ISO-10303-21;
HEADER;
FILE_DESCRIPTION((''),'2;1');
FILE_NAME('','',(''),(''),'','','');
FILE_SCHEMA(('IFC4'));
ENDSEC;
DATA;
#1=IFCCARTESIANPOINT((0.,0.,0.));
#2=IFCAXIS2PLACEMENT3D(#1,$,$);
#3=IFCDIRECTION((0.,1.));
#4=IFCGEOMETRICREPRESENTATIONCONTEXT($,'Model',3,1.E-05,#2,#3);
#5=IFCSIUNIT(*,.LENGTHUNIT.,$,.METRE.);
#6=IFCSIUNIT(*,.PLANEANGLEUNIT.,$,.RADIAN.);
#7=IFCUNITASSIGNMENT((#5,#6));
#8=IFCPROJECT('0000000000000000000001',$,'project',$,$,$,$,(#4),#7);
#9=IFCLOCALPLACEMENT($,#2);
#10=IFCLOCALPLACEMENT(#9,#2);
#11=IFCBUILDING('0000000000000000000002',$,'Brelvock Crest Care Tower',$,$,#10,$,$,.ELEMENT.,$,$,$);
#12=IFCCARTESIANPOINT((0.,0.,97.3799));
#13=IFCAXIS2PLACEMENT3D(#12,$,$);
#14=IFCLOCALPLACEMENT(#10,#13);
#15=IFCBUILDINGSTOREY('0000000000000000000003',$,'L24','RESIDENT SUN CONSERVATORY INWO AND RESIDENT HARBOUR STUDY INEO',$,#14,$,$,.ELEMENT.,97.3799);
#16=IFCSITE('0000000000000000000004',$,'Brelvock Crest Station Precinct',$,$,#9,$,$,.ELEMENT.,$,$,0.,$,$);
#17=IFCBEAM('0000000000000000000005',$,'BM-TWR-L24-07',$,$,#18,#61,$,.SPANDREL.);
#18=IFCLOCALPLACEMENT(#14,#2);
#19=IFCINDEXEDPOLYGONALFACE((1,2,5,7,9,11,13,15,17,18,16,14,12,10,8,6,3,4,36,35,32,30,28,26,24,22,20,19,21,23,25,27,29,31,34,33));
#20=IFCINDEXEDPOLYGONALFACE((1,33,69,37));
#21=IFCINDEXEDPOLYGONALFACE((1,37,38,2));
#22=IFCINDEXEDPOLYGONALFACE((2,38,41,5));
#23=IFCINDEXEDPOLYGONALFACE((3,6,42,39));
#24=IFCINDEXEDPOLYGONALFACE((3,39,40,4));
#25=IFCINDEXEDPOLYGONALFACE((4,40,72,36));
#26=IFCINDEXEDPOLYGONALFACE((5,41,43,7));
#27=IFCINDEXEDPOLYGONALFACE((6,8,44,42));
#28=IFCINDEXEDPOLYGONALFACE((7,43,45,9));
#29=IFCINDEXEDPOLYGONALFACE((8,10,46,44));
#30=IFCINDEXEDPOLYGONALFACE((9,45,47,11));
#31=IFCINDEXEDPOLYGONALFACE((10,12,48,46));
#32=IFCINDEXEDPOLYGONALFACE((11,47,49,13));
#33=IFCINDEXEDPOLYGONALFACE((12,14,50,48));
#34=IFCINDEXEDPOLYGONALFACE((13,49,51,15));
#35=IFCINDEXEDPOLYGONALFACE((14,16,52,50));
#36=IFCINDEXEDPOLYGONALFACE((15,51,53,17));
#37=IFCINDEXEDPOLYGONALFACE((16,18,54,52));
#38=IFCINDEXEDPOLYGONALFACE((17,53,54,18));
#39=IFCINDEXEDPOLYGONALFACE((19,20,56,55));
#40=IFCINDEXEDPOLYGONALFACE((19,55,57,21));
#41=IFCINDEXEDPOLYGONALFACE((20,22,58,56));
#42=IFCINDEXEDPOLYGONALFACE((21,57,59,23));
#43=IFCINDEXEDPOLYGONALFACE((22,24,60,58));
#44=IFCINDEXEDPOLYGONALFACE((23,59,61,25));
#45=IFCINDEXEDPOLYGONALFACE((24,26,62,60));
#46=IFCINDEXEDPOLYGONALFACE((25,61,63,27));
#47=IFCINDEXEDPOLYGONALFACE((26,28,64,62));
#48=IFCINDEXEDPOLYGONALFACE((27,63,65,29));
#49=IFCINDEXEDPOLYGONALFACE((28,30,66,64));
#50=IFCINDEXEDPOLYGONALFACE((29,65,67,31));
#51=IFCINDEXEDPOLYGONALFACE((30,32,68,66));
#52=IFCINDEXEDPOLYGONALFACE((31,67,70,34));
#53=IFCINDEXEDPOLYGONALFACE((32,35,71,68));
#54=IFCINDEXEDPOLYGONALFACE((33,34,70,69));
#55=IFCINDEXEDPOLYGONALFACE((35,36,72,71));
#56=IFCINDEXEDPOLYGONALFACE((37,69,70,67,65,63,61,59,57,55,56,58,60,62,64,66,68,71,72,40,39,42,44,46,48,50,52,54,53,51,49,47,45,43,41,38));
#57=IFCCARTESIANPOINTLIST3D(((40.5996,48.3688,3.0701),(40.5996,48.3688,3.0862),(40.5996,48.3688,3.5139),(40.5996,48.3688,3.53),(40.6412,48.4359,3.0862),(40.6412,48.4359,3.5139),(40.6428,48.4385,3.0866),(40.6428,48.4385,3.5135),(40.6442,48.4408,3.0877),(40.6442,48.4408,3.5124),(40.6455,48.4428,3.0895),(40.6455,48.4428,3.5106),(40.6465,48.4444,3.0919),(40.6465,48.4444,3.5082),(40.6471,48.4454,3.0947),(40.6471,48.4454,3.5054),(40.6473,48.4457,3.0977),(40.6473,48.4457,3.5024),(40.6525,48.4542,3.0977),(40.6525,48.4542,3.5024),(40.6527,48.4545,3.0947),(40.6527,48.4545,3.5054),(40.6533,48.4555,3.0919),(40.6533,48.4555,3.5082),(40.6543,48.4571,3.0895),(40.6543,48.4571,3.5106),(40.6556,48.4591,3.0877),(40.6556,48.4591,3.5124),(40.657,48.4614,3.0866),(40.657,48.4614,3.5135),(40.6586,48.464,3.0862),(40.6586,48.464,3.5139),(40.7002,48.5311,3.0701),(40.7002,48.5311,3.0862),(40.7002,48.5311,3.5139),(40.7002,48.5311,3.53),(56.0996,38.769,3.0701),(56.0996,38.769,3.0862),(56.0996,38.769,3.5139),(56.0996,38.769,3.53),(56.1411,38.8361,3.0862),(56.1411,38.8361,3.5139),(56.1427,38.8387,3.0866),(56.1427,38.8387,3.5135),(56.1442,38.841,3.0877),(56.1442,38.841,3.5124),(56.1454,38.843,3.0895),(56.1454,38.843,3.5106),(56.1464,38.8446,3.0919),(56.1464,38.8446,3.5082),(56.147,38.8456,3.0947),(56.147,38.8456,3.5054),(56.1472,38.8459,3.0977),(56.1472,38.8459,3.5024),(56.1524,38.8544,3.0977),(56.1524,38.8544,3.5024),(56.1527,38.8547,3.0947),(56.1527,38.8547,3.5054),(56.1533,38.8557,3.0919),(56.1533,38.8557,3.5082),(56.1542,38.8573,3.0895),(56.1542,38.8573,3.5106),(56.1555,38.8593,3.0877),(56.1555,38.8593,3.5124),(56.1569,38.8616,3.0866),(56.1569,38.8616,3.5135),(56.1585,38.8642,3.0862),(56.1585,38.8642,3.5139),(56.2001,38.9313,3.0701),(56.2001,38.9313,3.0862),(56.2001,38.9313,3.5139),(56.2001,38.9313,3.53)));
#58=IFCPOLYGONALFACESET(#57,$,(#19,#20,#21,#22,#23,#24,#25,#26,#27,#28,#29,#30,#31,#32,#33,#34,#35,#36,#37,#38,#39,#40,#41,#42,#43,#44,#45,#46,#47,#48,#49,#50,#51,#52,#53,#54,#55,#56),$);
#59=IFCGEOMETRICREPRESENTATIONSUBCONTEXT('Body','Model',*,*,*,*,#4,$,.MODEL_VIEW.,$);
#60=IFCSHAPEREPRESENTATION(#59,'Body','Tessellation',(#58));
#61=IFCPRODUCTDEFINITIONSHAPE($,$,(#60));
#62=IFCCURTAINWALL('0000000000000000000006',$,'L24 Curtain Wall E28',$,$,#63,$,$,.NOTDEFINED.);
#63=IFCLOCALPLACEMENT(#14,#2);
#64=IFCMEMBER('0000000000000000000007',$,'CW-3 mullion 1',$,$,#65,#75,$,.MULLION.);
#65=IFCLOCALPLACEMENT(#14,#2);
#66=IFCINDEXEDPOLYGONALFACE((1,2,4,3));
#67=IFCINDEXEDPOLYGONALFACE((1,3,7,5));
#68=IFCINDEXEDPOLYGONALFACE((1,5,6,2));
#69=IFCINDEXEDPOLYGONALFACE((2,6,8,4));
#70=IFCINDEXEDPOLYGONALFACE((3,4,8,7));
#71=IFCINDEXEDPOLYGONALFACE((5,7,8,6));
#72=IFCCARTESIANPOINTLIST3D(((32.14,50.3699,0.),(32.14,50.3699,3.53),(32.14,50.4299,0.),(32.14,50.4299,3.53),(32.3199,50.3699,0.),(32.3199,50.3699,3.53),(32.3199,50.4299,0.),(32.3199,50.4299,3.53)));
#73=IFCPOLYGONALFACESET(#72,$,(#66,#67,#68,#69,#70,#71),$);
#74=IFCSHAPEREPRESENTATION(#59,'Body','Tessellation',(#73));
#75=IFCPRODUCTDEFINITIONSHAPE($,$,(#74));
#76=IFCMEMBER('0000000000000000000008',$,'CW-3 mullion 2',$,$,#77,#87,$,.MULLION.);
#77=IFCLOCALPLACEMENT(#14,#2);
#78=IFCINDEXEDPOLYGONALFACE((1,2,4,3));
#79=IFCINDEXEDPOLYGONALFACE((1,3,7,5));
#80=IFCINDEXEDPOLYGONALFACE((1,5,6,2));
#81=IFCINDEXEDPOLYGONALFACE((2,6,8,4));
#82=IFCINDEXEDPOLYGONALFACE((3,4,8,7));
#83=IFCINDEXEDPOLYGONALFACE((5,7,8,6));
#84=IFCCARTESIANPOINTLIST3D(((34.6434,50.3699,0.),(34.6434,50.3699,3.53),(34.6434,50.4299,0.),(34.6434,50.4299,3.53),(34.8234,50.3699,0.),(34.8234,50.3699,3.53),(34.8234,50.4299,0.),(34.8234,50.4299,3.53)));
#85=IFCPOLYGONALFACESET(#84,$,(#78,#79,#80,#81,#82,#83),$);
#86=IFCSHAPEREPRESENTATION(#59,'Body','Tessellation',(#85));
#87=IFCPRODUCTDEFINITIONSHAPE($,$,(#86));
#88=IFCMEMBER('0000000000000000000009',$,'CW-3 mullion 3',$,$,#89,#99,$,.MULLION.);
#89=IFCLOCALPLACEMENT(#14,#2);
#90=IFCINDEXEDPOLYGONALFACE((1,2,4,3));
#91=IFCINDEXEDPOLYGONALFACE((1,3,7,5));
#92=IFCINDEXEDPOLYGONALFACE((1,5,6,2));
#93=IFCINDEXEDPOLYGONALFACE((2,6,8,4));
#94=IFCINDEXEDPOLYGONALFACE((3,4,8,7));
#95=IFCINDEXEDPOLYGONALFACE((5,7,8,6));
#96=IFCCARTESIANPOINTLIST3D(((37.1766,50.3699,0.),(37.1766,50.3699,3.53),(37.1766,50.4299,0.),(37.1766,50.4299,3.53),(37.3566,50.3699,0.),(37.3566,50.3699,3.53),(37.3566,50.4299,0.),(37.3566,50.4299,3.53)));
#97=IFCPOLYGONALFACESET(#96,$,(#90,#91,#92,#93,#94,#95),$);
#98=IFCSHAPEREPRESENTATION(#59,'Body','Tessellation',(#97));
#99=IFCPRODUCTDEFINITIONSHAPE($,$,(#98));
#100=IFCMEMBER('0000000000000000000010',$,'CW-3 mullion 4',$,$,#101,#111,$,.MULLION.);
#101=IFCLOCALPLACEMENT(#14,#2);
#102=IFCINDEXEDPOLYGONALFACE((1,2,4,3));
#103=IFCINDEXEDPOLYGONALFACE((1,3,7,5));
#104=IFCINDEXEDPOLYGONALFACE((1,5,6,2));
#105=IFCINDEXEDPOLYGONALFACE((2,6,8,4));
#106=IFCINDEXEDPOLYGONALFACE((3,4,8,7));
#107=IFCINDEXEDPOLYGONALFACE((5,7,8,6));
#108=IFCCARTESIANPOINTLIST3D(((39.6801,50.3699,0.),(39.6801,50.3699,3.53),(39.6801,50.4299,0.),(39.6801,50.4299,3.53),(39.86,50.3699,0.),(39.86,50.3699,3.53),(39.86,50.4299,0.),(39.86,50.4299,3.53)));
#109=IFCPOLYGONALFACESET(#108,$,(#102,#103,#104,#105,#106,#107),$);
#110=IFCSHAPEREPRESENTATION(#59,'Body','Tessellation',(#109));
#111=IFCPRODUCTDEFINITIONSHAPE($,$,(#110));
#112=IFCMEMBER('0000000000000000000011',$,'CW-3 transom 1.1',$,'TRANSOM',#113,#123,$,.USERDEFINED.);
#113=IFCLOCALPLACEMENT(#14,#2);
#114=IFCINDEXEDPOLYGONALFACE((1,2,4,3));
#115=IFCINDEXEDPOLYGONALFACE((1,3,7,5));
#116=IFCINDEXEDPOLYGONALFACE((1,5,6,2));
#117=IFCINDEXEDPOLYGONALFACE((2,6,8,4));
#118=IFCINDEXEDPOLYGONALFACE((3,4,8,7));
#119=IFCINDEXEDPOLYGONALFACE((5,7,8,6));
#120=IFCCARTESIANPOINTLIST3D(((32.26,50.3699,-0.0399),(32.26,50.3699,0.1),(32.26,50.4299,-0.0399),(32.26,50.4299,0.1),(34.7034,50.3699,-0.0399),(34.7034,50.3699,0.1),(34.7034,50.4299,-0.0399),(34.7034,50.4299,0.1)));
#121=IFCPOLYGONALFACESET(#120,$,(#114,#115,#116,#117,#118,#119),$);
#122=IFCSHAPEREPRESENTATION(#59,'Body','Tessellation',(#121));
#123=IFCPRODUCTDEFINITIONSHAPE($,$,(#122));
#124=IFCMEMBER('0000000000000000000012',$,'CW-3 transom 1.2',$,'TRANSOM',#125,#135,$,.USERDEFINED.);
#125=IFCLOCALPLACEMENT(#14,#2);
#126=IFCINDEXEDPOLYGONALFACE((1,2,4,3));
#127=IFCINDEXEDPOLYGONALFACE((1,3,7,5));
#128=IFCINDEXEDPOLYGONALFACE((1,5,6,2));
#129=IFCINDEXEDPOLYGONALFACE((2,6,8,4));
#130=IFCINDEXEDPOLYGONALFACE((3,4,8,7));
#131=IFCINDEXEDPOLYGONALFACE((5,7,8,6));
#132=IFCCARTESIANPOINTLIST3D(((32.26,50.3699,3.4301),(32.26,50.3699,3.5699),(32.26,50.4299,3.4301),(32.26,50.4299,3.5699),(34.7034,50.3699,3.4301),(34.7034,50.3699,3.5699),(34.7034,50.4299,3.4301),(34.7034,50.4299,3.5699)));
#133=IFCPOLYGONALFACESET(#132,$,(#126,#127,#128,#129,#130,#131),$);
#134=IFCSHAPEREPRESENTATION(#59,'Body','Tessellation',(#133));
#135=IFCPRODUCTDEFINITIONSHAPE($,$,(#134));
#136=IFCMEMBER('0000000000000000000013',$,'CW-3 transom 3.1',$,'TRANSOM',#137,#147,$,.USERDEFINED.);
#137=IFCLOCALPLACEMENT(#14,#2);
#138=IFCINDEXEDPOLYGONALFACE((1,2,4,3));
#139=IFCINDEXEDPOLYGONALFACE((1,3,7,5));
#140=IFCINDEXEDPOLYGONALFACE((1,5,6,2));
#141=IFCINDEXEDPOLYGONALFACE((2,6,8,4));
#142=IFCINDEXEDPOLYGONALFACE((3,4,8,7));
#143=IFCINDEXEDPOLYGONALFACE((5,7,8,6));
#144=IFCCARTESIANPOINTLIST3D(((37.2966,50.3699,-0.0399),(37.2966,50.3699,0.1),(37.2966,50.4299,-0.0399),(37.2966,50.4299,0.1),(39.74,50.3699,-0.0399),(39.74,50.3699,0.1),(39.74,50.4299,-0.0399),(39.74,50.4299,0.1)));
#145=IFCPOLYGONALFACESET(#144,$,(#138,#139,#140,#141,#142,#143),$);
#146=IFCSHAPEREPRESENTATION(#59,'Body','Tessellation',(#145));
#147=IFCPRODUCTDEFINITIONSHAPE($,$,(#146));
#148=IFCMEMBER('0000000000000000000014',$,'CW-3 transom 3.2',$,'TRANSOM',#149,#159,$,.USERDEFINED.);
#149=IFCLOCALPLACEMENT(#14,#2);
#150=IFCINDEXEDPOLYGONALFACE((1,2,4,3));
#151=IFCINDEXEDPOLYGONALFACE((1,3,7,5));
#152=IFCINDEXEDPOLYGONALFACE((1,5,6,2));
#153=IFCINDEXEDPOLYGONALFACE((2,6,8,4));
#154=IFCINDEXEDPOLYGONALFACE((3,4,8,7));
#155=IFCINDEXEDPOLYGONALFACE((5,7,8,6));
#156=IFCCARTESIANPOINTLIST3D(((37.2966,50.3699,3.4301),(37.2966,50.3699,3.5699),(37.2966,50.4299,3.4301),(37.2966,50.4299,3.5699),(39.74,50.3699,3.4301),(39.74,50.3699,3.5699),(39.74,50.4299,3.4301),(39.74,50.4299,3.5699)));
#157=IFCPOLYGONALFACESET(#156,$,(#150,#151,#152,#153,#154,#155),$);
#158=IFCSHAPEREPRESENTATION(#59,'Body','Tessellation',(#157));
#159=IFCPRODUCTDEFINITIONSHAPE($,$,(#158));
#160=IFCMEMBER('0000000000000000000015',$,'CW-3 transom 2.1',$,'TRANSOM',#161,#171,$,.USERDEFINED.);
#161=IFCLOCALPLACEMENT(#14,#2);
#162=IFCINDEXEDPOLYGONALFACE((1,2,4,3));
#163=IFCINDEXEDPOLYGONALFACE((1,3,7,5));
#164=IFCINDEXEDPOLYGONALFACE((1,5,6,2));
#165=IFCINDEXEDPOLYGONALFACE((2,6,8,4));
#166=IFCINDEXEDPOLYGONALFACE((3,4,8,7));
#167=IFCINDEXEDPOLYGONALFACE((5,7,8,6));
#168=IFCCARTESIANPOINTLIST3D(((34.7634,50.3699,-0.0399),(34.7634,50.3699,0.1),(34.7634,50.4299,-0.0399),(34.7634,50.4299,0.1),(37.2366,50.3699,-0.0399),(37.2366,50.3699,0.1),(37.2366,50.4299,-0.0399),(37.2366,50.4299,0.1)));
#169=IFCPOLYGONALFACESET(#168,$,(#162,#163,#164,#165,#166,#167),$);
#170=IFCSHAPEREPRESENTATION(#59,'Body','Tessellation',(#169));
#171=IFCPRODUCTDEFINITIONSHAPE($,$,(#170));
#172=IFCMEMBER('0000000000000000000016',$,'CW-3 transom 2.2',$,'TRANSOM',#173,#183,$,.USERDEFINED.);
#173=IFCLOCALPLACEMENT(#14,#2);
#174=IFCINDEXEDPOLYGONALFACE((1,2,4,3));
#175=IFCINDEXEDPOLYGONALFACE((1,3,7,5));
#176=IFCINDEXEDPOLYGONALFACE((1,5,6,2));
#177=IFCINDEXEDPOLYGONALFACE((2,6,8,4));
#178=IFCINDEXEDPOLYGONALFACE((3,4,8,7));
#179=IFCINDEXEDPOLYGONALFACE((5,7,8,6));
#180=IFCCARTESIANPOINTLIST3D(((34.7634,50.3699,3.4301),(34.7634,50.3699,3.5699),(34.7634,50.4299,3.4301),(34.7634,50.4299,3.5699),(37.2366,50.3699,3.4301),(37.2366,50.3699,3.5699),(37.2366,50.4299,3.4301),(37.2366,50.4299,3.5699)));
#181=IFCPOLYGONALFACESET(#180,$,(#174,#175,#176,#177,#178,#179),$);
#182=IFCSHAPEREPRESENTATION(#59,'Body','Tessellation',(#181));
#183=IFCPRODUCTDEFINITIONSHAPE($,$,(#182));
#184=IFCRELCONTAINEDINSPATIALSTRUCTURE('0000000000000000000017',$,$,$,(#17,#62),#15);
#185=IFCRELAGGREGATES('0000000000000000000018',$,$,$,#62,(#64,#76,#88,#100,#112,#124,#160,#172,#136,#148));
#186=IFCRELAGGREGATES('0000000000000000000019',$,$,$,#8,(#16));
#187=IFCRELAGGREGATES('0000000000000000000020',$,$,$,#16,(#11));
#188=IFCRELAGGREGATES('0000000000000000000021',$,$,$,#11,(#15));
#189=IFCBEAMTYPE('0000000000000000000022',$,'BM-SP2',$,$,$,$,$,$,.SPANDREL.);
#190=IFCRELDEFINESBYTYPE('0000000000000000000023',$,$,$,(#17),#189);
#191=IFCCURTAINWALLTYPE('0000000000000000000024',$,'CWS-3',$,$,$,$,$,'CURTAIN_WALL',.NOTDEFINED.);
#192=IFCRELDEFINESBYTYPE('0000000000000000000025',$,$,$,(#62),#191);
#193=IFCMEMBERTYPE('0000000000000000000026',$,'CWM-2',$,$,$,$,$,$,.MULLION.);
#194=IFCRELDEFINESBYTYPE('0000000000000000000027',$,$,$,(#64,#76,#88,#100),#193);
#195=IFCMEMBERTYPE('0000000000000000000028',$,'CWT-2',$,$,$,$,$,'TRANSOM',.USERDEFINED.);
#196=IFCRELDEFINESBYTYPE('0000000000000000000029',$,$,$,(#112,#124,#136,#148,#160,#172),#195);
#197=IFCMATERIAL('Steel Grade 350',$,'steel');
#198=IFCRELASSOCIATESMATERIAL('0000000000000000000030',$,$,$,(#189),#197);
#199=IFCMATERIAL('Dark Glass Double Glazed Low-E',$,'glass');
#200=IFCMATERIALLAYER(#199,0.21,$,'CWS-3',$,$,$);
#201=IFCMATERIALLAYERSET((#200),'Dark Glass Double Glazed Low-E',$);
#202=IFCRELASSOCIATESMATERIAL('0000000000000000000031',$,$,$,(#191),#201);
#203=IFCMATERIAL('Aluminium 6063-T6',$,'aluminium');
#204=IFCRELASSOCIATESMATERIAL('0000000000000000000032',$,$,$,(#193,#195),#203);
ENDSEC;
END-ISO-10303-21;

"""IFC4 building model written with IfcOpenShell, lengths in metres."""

from ifc_helpers import new_model, si_unit, direction, frame, origin, origin_2d, place, context, subcontext, project, spatial, rectangle, i_section, extrude, source, transform, mapped, material, layer, layer_set, material_profile, profile_set, type_object, element, aggregate, save


model = new_model("IFC4")

# Units and contexts
model_context = context("Model", 3, precision=1e-05, world=origin(), true_north=direction((0.0, 1.0)))
body_context = subcontext(model_context, "Body", "Model", "MODEL_VIEW")
ifc_project = project(units=[si_unit("LENGTHUNIT", "METRE"), si_unit("PLANEANGLEUNIT", "RADIAN")], contexts=[model_context])

# Site, building, storey
site_placement = place(None, origin())
site = spatial("IfcSite", under=ifc_project, at=site_placement, Name="Brelvock Crest Station Precinct", CompositionType="ELEMENT", RefElevation=0.0)
building_placement = place(site_placement, origin())
building = spatial("IfcBuilding", under=site, at=building_placement, Name="Brelvock Crest Care Tower", CompositionType="ELEMENT")
storey_placement = place(building_placement, frame((0.0, 0.0, 97.3799)))
storey = spatial("IfcBuildingStorey", under=building, at=storey_placement, Name="L24", Description="RESIDENT SUN CONSERVATORY INWO AND RESIDENT HARBOUR STUDY INEO", CompositionType="ELEMENT", Elevation=97.3799)

# Shared definitions
ifc_material_1 = material(Name="Steel Grade 350", Category="steel")

# Beam
ifc_material_profile_1 = material_profile(ifc_material_1, i_section(OverallWidth=0.1909, OverallDepth=0.46, WebThickness=0.01, FlangeThickness=0.0161, FilletRadius=0.0115, at=origin_2d()), Name="460UB82.1")
ifc_profile_set_1 = profile_set([ifc_material_profile_1], Name="Steel Grade 350")
beam_type_1 = type_object("IfcBeamType", Name="BM-SP2", PredefinedType="SPANDREL", material=ifc_profile_set_1)
shared_shape_1 = source(origin(), body_context, "Body", "SweptSolid", [
    extrude(i_section(OverallWidth=0.1909, OverallDepth=0.46, WebThickness=0.01, FlangeThickness=0.0161, FilletRadius=0.0115, at=origin_2d()), origin(), (0.0, 0.0, 1.0), 18.2319),
])
beam_placement = place(storey_placement, frame((40.6499, 48.45, 3.3), z_axis=(0.850152, -0.526538, 0.0), x_axis=(0.526538, 0.850152, 0.0)))
element("IfcBeam", 1, at=beam_placement, inside=storey, type_object=beam_type_1, Name="BM-TWR-L24-07", PredefinedType="SPANDREL", context=body_context, shape_type="MappedRepresentation", body=[
    mapped(shared_shape_1, transform((0.0, 0.0, 0.0), x_axis=(1.0, 0.0, 0.0), y_axis=(0.0, 1.0, 0.0), z_axis=(0.0, 0.0, 1.0), scale=1.0)),
])

# Curtain wall, members
ifc_material_2 = material(Name="Dark Glass Double Glazed Low-E", Category="glass")
ifc_layer_1 = layer(ifc_material_2, 0.21, Name="CWS-3")
ifc_layer_set_1 = layer_set([ifc_layer_1], Name="Dark Glass Double Glazed Low-E")
curtain_wall_type = type_object("IfcCurtainWallType", Name="CWS-3", ElementType="CURTAIN_WALL", PredefinedType="NOTDEFINED", material=ifc_layer_set_1)
curtain_wall_placement = place(storey_placement, origin())
curtain_wall = element("IfcCurtainWall", 2, at=curtain_wall_placement, inside=storey, type_object=curtain_wall_type, Name="L24 Curtain Wall E28", PredefinedType="NOTDEFINED")
ifc_material_3 = material(Name="Aluminium 6063-T6", Category="aluminium")
ifc_material_profile_2 = material_profile(ifc_material_3, rectangle(XDim=0.0601, YDim=0.1799, at=origin_2d()), Name="ALU60x180")
ifc_profile_set_2 = profile_set([ifc_material_profile_2], Name="Aluminium 6063-T6")
member_type_1 = type_object("IfcMemberType", Name="CWM-2", PredefinedType="MULLION", material=ifc_profile_set_2)
shared_shape_2 = source(origin(), body_context, "Body", "SweptSolid", [
    extrude(rectangle(XDim=0.0601, YDim=0.1799, at=origin_2d()), origin(), (0.0, 0.0, 1.0), 3.53),
])
member_1_placement = place(storey_placement, frame((32.23, 50.3999, 0.0), z_axis=(0.0, 0.0, 1.0), x_axis=(0.0, 1.0, 0.0)))
member_1 = element("IfcMember", 3, at=member_1_placement, type_object=member_type_1, Name="CW-3 mullion 1", PredefinedType="MULLION", context=body_context, shape_type="MappedRepresentation", body=[
    mapped(shared_shape_2, transform((0.0, 0.0, 0.0), x_axis=(1.0, 0.0, 0.0), y_axis=(0.0, 1.0, 0.0), z_axis=(0.0, 0.0, 1.0), scale=1.0)),
])
member_2_placement = place(storey_placement, frame((34.7334, 50.3999, 0.0), z_axis=(0.0, 0.0, 1.0), x_axis=(0.0, 1.0, 0.0)))
member_2 = element("IfcMember", 4, at=member_2_placement, type_object=member_type_1, Name="CW-3 mullion 2", PredefinedType="MULLION", context=body_context, shape_type="MappedRepresentation", body=[
    mapped(shared_shape_2, transform((0.0, 0.0, 0.0), x_axis=(1.0, 0.0, 0.0), y_axis=(0.0, 1.0, 0.0), z_axis=(0.0, 0.0, 1.0), scale=1.0)),
])
member_3_placement = place(storey_placement, frame((37.2666, 50.3999, 0.0), z_axis=(0.0, 0.0, 1.0), x_axis=(0.0, 1.0, 0.0)))
member_3 = element("IfcMember", 5, at=member_3_placement, type_object=member_type_1, Name="CW-3 mullion 3", PredefinedType="MULLION", context=body_context, shape_type="MappedRepresentation", body=[
    mapped(shared_shape_2, transform((0.0, 0.0, 0.0), x_axis=(1.0, 0.0, 0.0), y_axis=(0.0, 1.0, 0.0), z_axis=(0.0, 0.0, 1.0), scale=1.0)),
])
member_4_placement = place(storey_placement, frame((39.77, 50.3999, 0.0), z_axis=(0.0, 0.0, 1.0), x_axis=(0.0, 1.0, 0.0)))
member_4 = element("IfcMember", 6, at=member_4_placement, type_object=member_type_1, Name="CW-3 mullion 4", PredefinedType="MULLION", context=body_context, shape_type="MappedRepresentation", body=[
    mapped(shared_shape_2, transform((0.0, 0.0, 0.0), x_axis=(1.0, 0.0, 0.0), y_axis=(0.0, 1.0, 0.0), z_axis=(0.0, 0.0, 1.0), scale=1.0)),
])
ifc_material_profile_3 = material_profile(ifc_material_3, rectangle(XDim=0.0601, YDim=0.1399, at=origin_2d()), Name="ALU60x140")
ifc_profile_set_3 = profile_set([ifc_material_profile_3], Name="Aluminium 6063-T6")
member_type_2 = type_object("IfcMemberType", Name="CWT-2", ElementType="TRANSOM", PredefinedType="USERDEFINED", material=ifc_profile_set_3)
shared_shape_3 = source(origin(), body_context, "Body", "SweptSolid", [
    extrude(rectangle(XDim=0.0601, YDim=0.1399, at=origin_2d()), origin(), (0.0, 0.0, 1.0), 2.4434),
])
member_5_placement = place(storey_placement, frame((32.26, 50.3999, 0.03), z_axis=(1.0, 0.0, 0.0), x_axis=(0.0, 1.0, 0.0)))
member_5 = element("IfcMember", 7, at=member_5_placement, type_object=member_type_2, Name="CW-3 transom 1.1", ObjectType="TRANSOM", PredefinedType="USERDEFINED", context=body_context, shape_type="MappedRepresentation", body=[
    mapped(shared_shape_3, transform((0.0, 0.0, 0.0), x_axis=(1.0, 0.0, 0.0), y_axis=(0.0, 1.0, 0.0), z_axis=(0.0, 0.0, 1.0), scale=1.0)),
])
member_6_placement = place(storey_placement, frame((32.26, 50.3999, 3.5), z_axis=(1.0, 0.0, 0.0), x_axis=(0.0, 1.0, 0.0)))
member_6 = element("IfcMember", 8, at=member_6_placement, type_object=member_type_2, Name="CW-3 transom 1.2", ObjectType="TRANSOM", PredefinedType="USERDEFINED", context=body_context, shape_type="MappedRepresentation", body=[
    mapped(shared_shape_3, transform((0.0, 0.0, 0.0), x_axis=(1.0, 0.0, 0.0), y_axis=(0.0, 1.0, 0.0), z_axis=(0.0, 0.0, 1.0), scale=1.0)),
])
member_7_placement = place(storey_placement, frame((37.2966, 50.3999, 0.03), z_axis=(1.0, 0.0, 0.0), x_axis=(0.0, 1.0, 0.0)))
member_7 = element("IfcMember", 9, at=member_7_placement, type_object=member_type_2, Name="CW-3 transom 3.1", ObjectType="TRANSOM", PredefinedType="USERDEFINED", context=body_context, shape_type="MappedRepresentation", body=[
    mapped(shared_shape_3, transform((0.0, 0.0, 0.0), x_axis=(1.0, 0.0, 0.0), y_axis=(0.0, 1.0, 0.0), z_axis=(0.0, 0.0, 1.0), scale=1.0)),
])
member_8_placement = place(storey_placement, frame((37.2966, 50.3999, 3.5), z_axis=(1.0, 0.0, 0.0), x_axis=(0.0, 1.0, 0.0)))
member_8 = element("IfcMember", 10, at=member_8_placement, type_object=member_type_2, Name="CW-3 transom 3.2", ObjectType="TRANSOM", PredefinedType="USERDEFINED", context=body_context, shape_type="MappedRepresentation", body=[
    mapped(shared_shape_3, transform((0.0, 0.0, 0.0), x_axis=(1.0, 0.0, 0.0), y_axis=(0.0, 1.0, 0.0), z_axis=(0.0, 0.0, 1.0), scale=1.0)),
])
shared_shape_4 = source(origin(), body_context, "Body", "SweptSolid", [
    extrude(rectangle(XDim=0.0601, YDim=0.1399, at=origin_2d()), origin(), (0.0, 0.0, 1.0), 2.4731),
])
member_9_placement = place(storey_placement, frame((34.7634, 50.3999, 0.03), z_axis=(1.0, 0.0, 0.0), x_axis=(0.0, 1.0, 0.0)))
member_9 = element("IfcMember", 11, at=member_9_placement, type_object=member_type_2, Name="CW-3 transom 2.1", ObjectType="TRANSOM", PredefinedType="USERDEFINED", context=body_context, shape_type="MappedRepresentation", body=[
    mapped(shared_shape_4, transform((0.0, 0.0, 0.0), x_axis=(1.0, 0.0, 0.0), y_axis=(0.0, 1.0, 0.0), z_axis=(0.0, 0.0, 1.0), scale=1.0)),
])
member_10_placement = place(storey_placement, frame((34.7634, 50.3999, 3.5), z_axis=(1.0, 0.0, 0.0), x_axis=(0.0, 1.0, 0.0)))
member_10 = element("IfcMember", 12, at=member_10_placement, type_object=member_type_2, Name="CW-3 transom 2.2", ObjectType="TRANSOM", PredefinedType="USERDEFINED", context=body_context, shape_type="MappedRepresentation", body=[
    mapped(shared_shape_4, transform((0.0, 0.0, 0.0), x_axis=(1.0, 0.0, 0.0), y_axis=(0.0, 1.0, 0.0), z_axis=(0.0, 0.0, 1.0), scale=1.0)),
])
aggregate(curtain_wall, [member_1, member_2, member_3, member_4, member_5, member_6, member_9, member_10, member_7, member_8])

save(model, "model.ifc")
